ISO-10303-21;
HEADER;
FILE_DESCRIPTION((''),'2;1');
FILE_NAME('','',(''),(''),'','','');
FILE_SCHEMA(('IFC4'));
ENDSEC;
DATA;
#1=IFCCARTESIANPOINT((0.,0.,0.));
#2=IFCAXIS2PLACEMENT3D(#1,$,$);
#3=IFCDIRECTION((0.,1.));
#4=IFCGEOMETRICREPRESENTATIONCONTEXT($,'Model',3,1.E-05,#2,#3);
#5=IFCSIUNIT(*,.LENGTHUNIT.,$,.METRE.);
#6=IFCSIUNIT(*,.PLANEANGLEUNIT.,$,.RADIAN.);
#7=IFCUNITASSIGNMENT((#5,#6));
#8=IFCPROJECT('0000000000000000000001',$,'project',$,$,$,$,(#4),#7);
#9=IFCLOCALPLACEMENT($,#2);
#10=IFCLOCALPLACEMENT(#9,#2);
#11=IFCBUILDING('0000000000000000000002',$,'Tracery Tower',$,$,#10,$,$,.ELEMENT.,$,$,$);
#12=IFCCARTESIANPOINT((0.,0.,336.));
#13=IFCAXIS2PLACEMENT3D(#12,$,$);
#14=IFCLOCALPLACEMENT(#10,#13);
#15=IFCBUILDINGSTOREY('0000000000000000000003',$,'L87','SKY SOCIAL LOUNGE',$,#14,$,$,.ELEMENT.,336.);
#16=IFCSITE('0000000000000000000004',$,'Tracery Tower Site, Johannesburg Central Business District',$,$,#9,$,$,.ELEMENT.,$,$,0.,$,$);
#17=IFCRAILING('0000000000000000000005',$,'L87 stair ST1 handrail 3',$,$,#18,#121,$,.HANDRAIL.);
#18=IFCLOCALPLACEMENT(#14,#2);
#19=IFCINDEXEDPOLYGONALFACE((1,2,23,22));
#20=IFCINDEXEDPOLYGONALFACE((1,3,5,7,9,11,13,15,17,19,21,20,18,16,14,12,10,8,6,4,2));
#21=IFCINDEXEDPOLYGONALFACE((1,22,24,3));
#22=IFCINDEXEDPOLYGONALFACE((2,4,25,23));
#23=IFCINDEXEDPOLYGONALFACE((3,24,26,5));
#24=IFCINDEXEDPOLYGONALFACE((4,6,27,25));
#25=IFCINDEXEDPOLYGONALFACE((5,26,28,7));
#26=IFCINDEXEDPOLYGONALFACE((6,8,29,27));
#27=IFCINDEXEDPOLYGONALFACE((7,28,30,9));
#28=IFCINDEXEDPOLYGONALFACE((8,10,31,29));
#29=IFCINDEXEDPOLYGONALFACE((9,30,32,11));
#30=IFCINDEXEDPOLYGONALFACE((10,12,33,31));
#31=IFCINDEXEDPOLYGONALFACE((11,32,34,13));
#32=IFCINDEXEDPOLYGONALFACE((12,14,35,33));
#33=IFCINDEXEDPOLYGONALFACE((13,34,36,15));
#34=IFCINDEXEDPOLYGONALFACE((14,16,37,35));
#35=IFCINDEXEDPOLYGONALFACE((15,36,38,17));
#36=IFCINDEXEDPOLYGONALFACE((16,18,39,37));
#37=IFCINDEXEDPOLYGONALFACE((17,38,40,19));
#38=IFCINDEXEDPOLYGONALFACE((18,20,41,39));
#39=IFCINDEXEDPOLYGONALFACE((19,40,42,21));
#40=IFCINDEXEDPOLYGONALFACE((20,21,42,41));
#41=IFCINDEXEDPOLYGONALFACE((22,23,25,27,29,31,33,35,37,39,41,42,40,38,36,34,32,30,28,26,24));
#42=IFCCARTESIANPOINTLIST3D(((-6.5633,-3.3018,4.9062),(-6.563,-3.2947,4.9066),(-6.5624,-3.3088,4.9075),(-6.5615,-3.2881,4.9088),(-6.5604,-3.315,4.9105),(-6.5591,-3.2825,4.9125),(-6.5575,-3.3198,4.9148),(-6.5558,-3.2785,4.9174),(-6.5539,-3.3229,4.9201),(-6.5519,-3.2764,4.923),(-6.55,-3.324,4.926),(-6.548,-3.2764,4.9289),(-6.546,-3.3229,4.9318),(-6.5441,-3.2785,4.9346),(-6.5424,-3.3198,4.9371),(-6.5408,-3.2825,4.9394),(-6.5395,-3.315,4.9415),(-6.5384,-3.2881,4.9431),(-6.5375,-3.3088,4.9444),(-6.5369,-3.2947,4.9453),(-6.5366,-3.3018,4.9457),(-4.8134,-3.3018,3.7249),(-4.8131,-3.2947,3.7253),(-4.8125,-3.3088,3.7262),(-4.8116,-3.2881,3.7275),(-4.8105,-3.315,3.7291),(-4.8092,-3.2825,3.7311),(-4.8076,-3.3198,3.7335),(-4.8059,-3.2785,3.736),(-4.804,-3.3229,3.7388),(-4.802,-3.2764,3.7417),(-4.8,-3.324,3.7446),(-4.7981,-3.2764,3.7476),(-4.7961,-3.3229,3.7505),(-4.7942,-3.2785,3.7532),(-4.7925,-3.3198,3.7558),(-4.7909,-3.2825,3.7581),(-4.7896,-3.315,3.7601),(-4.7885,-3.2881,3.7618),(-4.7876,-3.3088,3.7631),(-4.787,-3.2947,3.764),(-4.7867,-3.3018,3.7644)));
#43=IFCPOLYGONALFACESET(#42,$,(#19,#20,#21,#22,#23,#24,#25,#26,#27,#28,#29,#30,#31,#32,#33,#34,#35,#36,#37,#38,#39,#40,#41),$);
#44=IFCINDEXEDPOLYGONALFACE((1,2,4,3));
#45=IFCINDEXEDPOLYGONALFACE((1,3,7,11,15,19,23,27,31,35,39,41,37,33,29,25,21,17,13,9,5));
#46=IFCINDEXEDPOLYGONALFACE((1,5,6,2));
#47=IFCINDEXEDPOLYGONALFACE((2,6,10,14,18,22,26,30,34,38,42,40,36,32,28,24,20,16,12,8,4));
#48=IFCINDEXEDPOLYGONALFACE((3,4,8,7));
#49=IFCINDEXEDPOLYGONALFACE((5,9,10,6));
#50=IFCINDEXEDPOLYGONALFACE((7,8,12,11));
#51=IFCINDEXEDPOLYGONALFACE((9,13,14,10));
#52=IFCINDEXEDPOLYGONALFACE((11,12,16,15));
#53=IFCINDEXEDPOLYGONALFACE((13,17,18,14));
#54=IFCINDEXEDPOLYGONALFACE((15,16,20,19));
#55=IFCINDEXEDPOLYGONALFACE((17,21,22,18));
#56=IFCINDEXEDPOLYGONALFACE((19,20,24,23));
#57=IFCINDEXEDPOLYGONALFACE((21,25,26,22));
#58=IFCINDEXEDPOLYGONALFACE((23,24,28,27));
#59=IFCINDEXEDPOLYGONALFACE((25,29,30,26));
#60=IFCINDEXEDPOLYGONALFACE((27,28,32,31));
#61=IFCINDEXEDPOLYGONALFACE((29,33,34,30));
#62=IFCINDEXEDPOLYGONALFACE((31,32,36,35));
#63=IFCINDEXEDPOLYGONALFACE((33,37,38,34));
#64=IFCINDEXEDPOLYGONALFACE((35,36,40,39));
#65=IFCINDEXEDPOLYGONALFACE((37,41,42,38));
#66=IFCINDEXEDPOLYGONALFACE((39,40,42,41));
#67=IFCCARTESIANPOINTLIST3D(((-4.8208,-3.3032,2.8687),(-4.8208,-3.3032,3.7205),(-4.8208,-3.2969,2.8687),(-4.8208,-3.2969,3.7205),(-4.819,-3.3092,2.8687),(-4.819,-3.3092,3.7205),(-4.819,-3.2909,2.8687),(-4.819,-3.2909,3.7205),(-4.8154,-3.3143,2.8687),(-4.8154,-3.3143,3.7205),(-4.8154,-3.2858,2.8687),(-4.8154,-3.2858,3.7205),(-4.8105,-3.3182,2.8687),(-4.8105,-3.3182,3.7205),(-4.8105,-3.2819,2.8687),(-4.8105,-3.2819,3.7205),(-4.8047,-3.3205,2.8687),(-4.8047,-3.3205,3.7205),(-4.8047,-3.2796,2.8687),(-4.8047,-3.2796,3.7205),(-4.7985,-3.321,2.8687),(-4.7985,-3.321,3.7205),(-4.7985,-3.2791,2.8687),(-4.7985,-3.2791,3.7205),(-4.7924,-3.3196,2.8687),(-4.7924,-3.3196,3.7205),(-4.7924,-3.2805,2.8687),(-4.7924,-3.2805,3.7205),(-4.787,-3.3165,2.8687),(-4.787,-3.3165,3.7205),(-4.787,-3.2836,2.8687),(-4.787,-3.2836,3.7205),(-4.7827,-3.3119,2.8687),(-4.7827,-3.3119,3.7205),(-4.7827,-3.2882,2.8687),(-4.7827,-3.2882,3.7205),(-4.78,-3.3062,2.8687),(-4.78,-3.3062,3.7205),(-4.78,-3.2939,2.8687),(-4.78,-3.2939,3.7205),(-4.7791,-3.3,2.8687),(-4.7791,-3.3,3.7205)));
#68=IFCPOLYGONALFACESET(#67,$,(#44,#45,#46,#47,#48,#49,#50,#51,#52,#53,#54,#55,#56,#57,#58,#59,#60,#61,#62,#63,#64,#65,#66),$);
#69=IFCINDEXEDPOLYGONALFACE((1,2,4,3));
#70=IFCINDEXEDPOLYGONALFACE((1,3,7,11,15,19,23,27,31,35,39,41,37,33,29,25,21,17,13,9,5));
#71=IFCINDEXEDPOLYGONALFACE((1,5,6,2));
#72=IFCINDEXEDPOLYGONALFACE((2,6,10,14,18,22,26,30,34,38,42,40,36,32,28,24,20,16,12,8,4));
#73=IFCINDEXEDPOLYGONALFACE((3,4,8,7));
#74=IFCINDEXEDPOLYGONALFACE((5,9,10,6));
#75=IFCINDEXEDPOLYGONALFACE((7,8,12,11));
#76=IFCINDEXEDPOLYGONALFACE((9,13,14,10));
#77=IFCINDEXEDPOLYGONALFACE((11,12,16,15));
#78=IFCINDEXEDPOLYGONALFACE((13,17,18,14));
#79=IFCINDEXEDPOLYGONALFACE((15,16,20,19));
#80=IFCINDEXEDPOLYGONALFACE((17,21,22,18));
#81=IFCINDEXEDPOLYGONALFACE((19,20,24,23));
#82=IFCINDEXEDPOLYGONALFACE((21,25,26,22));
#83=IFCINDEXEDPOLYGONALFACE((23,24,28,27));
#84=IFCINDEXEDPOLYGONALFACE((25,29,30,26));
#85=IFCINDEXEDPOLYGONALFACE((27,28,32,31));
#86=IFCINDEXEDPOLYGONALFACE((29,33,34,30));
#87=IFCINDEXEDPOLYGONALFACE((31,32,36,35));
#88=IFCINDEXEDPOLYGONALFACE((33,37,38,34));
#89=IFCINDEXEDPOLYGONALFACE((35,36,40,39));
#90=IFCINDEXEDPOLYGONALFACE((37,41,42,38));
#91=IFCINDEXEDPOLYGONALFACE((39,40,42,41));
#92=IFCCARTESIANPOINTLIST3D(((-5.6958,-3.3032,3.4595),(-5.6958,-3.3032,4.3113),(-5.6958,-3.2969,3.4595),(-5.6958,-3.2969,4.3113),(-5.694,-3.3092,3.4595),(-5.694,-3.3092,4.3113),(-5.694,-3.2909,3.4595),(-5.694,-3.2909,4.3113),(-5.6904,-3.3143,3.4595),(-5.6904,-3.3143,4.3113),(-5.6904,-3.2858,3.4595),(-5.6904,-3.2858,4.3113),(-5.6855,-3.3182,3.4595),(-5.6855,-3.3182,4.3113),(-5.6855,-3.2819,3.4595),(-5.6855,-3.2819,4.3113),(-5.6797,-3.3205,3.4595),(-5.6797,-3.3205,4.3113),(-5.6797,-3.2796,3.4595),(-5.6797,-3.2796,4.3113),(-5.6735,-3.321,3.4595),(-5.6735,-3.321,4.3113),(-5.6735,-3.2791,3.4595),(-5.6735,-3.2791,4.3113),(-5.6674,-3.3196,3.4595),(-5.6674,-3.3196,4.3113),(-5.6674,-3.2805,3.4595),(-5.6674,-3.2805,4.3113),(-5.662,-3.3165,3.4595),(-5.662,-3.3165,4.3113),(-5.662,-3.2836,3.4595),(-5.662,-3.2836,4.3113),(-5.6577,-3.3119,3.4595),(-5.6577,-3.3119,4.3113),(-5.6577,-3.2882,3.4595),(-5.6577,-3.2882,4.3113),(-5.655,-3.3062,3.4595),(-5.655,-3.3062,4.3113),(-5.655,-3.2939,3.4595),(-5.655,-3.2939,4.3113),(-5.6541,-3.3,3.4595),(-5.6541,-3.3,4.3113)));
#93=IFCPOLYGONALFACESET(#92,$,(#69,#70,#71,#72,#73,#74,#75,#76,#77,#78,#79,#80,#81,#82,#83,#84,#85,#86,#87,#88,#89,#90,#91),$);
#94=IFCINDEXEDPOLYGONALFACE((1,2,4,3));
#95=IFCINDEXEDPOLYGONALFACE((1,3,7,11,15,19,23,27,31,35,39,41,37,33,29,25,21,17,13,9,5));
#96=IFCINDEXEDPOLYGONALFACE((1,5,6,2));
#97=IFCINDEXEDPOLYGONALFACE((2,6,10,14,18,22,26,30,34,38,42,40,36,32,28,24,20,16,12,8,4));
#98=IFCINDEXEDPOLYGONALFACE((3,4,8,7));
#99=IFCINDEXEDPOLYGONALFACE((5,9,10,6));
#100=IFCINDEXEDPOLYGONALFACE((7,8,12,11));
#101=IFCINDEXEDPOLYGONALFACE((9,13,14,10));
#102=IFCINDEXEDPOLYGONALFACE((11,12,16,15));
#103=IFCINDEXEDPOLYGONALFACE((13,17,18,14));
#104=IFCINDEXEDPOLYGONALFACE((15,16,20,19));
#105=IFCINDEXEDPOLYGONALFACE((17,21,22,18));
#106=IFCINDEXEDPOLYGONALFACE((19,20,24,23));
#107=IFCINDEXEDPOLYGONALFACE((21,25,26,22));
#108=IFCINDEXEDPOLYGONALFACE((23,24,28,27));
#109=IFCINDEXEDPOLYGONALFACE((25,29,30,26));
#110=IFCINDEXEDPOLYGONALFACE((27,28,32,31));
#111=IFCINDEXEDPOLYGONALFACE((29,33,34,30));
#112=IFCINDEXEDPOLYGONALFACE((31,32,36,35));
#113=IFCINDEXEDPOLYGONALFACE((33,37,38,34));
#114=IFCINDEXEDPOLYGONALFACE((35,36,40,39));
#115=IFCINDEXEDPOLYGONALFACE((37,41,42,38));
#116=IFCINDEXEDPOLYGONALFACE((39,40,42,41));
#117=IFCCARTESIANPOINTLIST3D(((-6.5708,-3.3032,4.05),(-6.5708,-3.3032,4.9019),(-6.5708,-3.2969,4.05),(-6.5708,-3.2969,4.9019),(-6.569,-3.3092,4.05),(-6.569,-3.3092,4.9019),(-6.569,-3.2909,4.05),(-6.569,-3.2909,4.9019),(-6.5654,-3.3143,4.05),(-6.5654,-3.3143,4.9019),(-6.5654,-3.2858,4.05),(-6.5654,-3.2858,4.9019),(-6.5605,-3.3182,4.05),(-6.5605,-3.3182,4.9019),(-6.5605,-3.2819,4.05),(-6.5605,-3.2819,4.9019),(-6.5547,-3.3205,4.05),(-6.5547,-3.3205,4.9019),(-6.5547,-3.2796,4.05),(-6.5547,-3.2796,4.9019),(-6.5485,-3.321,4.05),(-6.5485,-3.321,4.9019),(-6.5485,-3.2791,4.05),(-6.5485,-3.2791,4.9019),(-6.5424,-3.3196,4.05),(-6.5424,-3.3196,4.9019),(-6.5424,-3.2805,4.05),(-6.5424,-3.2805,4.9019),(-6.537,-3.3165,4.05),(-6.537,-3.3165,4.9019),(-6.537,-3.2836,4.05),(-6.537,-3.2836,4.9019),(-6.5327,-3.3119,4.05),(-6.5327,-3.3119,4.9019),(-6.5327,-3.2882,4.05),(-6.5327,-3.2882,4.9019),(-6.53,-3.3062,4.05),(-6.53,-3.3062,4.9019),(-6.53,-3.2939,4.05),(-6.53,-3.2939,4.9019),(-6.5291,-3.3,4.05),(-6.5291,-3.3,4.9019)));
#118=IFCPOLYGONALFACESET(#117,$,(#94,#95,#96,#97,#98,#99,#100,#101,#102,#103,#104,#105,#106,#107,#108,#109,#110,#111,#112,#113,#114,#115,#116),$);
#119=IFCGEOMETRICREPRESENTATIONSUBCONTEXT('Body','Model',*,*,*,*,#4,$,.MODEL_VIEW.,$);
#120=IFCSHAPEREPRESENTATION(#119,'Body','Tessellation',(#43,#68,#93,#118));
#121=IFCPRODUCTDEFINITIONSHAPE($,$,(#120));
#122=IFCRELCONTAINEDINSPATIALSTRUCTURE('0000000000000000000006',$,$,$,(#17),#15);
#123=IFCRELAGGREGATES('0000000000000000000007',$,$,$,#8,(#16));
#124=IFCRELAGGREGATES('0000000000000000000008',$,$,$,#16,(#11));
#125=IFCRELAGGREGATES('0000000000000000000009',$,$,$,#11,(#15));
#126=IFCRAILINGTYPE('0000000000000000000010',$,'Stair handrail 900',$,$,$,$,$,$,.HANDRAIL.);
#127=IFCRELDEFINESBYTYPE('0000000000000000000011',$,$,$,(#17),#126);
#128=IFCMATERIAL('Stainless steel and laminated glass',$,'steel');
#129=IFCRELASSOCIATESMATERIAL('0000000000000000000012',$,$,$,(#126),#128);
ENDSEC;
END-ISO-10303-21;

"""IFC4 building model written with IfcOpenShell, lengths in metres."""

from ifc_helpers import new_model, si_unit, direction, frame, origin, origin_2d, place, context, subcontext, project, spatial, circle, extrude, material, type_object, element, save


model = new_model("IFC4")

# Units and contexts
model_context = context("Model", 3, precision=1e-05, world=origin(), true_north=direction((0.0, 1.0)))
body_context = subcontext(model_context, "Body", "Model", "MODEL_VIEW")
ifc_project = project(units=[si_unit("LENGTHUNIT", "METRE"), si_unit("PLANEANGLEUNIT", "RADIAN")], contexts=[model_context])

# Site, building, storey
site_placement = place(None, origin())
site = spatial("IfcSite", under=ifc_project, at=site_placement, Name="Tracery Tower Site, Johannesburg Central Business District", CompositionType="ELEMENT", RefElevation=0.0)
building_placement = place(site_placement, origin())
building = spatial("IfcBuilding", under=site, at=building_placement, Name="Tracery Tower", CompositionType="ELEMENT")
storey_placement = place(building_placement, frame((0.0, 0.0, 336.0)))
storey = spatial("IfcBuildingStorey", under=building, at=storey_placement, Name="L87", Description="SKY SOCIAL LOUNGE", CompositionType="ELEMENT", Elevation=336.0)

# Railing
ifc_material_1 = material(Name="Stainless steel and laminated glass", Category="steel")
railing_type_1 = type_object("IfcRailingType", Name="Stair handrail 900", PredefinedType="HANDRAIL", material=ifc_material_1)
railing_1_placement = place(storey_placement, frame((-4.8, -3.3, 2.8687)))
element("IfcRailing", 1, at=railing_1_placement, inside=storey, type_object=railing_type_1, Name="L87 stair ST1 handrail 3", PredefinedType="HANDRAIL", context=body_context, shape_type="SweptSolid", body=[
    extrude(circle(Radius=0.0239, at=origin_2d()), frame((0.0, 0.0, 0.876), z_axis=(-0.828817, 0.0, 0.559521), x_axis=(0.0, -1.0, 0.0)), (0.0, 0.0, 1.0), 2.1113),
    extrude(circle(Radius=0.021, at=origin_2d()), origin(), (0.0, 0.0, 1.0), 0.8518),
    extrude(circle(Radius=0.021, at=origin_2d()), frame((-0.875, 0.0, 0.5908)), (0.0, 0.0, 1.0), 0.8518),
    extrude(circle(Radius=0.021, at=origin_2d()), frame((-1.75, 0.0, 1.1814)), (0.0, 0.0, 1.0), 0.8518),
])

save(model, "model.ifc")
